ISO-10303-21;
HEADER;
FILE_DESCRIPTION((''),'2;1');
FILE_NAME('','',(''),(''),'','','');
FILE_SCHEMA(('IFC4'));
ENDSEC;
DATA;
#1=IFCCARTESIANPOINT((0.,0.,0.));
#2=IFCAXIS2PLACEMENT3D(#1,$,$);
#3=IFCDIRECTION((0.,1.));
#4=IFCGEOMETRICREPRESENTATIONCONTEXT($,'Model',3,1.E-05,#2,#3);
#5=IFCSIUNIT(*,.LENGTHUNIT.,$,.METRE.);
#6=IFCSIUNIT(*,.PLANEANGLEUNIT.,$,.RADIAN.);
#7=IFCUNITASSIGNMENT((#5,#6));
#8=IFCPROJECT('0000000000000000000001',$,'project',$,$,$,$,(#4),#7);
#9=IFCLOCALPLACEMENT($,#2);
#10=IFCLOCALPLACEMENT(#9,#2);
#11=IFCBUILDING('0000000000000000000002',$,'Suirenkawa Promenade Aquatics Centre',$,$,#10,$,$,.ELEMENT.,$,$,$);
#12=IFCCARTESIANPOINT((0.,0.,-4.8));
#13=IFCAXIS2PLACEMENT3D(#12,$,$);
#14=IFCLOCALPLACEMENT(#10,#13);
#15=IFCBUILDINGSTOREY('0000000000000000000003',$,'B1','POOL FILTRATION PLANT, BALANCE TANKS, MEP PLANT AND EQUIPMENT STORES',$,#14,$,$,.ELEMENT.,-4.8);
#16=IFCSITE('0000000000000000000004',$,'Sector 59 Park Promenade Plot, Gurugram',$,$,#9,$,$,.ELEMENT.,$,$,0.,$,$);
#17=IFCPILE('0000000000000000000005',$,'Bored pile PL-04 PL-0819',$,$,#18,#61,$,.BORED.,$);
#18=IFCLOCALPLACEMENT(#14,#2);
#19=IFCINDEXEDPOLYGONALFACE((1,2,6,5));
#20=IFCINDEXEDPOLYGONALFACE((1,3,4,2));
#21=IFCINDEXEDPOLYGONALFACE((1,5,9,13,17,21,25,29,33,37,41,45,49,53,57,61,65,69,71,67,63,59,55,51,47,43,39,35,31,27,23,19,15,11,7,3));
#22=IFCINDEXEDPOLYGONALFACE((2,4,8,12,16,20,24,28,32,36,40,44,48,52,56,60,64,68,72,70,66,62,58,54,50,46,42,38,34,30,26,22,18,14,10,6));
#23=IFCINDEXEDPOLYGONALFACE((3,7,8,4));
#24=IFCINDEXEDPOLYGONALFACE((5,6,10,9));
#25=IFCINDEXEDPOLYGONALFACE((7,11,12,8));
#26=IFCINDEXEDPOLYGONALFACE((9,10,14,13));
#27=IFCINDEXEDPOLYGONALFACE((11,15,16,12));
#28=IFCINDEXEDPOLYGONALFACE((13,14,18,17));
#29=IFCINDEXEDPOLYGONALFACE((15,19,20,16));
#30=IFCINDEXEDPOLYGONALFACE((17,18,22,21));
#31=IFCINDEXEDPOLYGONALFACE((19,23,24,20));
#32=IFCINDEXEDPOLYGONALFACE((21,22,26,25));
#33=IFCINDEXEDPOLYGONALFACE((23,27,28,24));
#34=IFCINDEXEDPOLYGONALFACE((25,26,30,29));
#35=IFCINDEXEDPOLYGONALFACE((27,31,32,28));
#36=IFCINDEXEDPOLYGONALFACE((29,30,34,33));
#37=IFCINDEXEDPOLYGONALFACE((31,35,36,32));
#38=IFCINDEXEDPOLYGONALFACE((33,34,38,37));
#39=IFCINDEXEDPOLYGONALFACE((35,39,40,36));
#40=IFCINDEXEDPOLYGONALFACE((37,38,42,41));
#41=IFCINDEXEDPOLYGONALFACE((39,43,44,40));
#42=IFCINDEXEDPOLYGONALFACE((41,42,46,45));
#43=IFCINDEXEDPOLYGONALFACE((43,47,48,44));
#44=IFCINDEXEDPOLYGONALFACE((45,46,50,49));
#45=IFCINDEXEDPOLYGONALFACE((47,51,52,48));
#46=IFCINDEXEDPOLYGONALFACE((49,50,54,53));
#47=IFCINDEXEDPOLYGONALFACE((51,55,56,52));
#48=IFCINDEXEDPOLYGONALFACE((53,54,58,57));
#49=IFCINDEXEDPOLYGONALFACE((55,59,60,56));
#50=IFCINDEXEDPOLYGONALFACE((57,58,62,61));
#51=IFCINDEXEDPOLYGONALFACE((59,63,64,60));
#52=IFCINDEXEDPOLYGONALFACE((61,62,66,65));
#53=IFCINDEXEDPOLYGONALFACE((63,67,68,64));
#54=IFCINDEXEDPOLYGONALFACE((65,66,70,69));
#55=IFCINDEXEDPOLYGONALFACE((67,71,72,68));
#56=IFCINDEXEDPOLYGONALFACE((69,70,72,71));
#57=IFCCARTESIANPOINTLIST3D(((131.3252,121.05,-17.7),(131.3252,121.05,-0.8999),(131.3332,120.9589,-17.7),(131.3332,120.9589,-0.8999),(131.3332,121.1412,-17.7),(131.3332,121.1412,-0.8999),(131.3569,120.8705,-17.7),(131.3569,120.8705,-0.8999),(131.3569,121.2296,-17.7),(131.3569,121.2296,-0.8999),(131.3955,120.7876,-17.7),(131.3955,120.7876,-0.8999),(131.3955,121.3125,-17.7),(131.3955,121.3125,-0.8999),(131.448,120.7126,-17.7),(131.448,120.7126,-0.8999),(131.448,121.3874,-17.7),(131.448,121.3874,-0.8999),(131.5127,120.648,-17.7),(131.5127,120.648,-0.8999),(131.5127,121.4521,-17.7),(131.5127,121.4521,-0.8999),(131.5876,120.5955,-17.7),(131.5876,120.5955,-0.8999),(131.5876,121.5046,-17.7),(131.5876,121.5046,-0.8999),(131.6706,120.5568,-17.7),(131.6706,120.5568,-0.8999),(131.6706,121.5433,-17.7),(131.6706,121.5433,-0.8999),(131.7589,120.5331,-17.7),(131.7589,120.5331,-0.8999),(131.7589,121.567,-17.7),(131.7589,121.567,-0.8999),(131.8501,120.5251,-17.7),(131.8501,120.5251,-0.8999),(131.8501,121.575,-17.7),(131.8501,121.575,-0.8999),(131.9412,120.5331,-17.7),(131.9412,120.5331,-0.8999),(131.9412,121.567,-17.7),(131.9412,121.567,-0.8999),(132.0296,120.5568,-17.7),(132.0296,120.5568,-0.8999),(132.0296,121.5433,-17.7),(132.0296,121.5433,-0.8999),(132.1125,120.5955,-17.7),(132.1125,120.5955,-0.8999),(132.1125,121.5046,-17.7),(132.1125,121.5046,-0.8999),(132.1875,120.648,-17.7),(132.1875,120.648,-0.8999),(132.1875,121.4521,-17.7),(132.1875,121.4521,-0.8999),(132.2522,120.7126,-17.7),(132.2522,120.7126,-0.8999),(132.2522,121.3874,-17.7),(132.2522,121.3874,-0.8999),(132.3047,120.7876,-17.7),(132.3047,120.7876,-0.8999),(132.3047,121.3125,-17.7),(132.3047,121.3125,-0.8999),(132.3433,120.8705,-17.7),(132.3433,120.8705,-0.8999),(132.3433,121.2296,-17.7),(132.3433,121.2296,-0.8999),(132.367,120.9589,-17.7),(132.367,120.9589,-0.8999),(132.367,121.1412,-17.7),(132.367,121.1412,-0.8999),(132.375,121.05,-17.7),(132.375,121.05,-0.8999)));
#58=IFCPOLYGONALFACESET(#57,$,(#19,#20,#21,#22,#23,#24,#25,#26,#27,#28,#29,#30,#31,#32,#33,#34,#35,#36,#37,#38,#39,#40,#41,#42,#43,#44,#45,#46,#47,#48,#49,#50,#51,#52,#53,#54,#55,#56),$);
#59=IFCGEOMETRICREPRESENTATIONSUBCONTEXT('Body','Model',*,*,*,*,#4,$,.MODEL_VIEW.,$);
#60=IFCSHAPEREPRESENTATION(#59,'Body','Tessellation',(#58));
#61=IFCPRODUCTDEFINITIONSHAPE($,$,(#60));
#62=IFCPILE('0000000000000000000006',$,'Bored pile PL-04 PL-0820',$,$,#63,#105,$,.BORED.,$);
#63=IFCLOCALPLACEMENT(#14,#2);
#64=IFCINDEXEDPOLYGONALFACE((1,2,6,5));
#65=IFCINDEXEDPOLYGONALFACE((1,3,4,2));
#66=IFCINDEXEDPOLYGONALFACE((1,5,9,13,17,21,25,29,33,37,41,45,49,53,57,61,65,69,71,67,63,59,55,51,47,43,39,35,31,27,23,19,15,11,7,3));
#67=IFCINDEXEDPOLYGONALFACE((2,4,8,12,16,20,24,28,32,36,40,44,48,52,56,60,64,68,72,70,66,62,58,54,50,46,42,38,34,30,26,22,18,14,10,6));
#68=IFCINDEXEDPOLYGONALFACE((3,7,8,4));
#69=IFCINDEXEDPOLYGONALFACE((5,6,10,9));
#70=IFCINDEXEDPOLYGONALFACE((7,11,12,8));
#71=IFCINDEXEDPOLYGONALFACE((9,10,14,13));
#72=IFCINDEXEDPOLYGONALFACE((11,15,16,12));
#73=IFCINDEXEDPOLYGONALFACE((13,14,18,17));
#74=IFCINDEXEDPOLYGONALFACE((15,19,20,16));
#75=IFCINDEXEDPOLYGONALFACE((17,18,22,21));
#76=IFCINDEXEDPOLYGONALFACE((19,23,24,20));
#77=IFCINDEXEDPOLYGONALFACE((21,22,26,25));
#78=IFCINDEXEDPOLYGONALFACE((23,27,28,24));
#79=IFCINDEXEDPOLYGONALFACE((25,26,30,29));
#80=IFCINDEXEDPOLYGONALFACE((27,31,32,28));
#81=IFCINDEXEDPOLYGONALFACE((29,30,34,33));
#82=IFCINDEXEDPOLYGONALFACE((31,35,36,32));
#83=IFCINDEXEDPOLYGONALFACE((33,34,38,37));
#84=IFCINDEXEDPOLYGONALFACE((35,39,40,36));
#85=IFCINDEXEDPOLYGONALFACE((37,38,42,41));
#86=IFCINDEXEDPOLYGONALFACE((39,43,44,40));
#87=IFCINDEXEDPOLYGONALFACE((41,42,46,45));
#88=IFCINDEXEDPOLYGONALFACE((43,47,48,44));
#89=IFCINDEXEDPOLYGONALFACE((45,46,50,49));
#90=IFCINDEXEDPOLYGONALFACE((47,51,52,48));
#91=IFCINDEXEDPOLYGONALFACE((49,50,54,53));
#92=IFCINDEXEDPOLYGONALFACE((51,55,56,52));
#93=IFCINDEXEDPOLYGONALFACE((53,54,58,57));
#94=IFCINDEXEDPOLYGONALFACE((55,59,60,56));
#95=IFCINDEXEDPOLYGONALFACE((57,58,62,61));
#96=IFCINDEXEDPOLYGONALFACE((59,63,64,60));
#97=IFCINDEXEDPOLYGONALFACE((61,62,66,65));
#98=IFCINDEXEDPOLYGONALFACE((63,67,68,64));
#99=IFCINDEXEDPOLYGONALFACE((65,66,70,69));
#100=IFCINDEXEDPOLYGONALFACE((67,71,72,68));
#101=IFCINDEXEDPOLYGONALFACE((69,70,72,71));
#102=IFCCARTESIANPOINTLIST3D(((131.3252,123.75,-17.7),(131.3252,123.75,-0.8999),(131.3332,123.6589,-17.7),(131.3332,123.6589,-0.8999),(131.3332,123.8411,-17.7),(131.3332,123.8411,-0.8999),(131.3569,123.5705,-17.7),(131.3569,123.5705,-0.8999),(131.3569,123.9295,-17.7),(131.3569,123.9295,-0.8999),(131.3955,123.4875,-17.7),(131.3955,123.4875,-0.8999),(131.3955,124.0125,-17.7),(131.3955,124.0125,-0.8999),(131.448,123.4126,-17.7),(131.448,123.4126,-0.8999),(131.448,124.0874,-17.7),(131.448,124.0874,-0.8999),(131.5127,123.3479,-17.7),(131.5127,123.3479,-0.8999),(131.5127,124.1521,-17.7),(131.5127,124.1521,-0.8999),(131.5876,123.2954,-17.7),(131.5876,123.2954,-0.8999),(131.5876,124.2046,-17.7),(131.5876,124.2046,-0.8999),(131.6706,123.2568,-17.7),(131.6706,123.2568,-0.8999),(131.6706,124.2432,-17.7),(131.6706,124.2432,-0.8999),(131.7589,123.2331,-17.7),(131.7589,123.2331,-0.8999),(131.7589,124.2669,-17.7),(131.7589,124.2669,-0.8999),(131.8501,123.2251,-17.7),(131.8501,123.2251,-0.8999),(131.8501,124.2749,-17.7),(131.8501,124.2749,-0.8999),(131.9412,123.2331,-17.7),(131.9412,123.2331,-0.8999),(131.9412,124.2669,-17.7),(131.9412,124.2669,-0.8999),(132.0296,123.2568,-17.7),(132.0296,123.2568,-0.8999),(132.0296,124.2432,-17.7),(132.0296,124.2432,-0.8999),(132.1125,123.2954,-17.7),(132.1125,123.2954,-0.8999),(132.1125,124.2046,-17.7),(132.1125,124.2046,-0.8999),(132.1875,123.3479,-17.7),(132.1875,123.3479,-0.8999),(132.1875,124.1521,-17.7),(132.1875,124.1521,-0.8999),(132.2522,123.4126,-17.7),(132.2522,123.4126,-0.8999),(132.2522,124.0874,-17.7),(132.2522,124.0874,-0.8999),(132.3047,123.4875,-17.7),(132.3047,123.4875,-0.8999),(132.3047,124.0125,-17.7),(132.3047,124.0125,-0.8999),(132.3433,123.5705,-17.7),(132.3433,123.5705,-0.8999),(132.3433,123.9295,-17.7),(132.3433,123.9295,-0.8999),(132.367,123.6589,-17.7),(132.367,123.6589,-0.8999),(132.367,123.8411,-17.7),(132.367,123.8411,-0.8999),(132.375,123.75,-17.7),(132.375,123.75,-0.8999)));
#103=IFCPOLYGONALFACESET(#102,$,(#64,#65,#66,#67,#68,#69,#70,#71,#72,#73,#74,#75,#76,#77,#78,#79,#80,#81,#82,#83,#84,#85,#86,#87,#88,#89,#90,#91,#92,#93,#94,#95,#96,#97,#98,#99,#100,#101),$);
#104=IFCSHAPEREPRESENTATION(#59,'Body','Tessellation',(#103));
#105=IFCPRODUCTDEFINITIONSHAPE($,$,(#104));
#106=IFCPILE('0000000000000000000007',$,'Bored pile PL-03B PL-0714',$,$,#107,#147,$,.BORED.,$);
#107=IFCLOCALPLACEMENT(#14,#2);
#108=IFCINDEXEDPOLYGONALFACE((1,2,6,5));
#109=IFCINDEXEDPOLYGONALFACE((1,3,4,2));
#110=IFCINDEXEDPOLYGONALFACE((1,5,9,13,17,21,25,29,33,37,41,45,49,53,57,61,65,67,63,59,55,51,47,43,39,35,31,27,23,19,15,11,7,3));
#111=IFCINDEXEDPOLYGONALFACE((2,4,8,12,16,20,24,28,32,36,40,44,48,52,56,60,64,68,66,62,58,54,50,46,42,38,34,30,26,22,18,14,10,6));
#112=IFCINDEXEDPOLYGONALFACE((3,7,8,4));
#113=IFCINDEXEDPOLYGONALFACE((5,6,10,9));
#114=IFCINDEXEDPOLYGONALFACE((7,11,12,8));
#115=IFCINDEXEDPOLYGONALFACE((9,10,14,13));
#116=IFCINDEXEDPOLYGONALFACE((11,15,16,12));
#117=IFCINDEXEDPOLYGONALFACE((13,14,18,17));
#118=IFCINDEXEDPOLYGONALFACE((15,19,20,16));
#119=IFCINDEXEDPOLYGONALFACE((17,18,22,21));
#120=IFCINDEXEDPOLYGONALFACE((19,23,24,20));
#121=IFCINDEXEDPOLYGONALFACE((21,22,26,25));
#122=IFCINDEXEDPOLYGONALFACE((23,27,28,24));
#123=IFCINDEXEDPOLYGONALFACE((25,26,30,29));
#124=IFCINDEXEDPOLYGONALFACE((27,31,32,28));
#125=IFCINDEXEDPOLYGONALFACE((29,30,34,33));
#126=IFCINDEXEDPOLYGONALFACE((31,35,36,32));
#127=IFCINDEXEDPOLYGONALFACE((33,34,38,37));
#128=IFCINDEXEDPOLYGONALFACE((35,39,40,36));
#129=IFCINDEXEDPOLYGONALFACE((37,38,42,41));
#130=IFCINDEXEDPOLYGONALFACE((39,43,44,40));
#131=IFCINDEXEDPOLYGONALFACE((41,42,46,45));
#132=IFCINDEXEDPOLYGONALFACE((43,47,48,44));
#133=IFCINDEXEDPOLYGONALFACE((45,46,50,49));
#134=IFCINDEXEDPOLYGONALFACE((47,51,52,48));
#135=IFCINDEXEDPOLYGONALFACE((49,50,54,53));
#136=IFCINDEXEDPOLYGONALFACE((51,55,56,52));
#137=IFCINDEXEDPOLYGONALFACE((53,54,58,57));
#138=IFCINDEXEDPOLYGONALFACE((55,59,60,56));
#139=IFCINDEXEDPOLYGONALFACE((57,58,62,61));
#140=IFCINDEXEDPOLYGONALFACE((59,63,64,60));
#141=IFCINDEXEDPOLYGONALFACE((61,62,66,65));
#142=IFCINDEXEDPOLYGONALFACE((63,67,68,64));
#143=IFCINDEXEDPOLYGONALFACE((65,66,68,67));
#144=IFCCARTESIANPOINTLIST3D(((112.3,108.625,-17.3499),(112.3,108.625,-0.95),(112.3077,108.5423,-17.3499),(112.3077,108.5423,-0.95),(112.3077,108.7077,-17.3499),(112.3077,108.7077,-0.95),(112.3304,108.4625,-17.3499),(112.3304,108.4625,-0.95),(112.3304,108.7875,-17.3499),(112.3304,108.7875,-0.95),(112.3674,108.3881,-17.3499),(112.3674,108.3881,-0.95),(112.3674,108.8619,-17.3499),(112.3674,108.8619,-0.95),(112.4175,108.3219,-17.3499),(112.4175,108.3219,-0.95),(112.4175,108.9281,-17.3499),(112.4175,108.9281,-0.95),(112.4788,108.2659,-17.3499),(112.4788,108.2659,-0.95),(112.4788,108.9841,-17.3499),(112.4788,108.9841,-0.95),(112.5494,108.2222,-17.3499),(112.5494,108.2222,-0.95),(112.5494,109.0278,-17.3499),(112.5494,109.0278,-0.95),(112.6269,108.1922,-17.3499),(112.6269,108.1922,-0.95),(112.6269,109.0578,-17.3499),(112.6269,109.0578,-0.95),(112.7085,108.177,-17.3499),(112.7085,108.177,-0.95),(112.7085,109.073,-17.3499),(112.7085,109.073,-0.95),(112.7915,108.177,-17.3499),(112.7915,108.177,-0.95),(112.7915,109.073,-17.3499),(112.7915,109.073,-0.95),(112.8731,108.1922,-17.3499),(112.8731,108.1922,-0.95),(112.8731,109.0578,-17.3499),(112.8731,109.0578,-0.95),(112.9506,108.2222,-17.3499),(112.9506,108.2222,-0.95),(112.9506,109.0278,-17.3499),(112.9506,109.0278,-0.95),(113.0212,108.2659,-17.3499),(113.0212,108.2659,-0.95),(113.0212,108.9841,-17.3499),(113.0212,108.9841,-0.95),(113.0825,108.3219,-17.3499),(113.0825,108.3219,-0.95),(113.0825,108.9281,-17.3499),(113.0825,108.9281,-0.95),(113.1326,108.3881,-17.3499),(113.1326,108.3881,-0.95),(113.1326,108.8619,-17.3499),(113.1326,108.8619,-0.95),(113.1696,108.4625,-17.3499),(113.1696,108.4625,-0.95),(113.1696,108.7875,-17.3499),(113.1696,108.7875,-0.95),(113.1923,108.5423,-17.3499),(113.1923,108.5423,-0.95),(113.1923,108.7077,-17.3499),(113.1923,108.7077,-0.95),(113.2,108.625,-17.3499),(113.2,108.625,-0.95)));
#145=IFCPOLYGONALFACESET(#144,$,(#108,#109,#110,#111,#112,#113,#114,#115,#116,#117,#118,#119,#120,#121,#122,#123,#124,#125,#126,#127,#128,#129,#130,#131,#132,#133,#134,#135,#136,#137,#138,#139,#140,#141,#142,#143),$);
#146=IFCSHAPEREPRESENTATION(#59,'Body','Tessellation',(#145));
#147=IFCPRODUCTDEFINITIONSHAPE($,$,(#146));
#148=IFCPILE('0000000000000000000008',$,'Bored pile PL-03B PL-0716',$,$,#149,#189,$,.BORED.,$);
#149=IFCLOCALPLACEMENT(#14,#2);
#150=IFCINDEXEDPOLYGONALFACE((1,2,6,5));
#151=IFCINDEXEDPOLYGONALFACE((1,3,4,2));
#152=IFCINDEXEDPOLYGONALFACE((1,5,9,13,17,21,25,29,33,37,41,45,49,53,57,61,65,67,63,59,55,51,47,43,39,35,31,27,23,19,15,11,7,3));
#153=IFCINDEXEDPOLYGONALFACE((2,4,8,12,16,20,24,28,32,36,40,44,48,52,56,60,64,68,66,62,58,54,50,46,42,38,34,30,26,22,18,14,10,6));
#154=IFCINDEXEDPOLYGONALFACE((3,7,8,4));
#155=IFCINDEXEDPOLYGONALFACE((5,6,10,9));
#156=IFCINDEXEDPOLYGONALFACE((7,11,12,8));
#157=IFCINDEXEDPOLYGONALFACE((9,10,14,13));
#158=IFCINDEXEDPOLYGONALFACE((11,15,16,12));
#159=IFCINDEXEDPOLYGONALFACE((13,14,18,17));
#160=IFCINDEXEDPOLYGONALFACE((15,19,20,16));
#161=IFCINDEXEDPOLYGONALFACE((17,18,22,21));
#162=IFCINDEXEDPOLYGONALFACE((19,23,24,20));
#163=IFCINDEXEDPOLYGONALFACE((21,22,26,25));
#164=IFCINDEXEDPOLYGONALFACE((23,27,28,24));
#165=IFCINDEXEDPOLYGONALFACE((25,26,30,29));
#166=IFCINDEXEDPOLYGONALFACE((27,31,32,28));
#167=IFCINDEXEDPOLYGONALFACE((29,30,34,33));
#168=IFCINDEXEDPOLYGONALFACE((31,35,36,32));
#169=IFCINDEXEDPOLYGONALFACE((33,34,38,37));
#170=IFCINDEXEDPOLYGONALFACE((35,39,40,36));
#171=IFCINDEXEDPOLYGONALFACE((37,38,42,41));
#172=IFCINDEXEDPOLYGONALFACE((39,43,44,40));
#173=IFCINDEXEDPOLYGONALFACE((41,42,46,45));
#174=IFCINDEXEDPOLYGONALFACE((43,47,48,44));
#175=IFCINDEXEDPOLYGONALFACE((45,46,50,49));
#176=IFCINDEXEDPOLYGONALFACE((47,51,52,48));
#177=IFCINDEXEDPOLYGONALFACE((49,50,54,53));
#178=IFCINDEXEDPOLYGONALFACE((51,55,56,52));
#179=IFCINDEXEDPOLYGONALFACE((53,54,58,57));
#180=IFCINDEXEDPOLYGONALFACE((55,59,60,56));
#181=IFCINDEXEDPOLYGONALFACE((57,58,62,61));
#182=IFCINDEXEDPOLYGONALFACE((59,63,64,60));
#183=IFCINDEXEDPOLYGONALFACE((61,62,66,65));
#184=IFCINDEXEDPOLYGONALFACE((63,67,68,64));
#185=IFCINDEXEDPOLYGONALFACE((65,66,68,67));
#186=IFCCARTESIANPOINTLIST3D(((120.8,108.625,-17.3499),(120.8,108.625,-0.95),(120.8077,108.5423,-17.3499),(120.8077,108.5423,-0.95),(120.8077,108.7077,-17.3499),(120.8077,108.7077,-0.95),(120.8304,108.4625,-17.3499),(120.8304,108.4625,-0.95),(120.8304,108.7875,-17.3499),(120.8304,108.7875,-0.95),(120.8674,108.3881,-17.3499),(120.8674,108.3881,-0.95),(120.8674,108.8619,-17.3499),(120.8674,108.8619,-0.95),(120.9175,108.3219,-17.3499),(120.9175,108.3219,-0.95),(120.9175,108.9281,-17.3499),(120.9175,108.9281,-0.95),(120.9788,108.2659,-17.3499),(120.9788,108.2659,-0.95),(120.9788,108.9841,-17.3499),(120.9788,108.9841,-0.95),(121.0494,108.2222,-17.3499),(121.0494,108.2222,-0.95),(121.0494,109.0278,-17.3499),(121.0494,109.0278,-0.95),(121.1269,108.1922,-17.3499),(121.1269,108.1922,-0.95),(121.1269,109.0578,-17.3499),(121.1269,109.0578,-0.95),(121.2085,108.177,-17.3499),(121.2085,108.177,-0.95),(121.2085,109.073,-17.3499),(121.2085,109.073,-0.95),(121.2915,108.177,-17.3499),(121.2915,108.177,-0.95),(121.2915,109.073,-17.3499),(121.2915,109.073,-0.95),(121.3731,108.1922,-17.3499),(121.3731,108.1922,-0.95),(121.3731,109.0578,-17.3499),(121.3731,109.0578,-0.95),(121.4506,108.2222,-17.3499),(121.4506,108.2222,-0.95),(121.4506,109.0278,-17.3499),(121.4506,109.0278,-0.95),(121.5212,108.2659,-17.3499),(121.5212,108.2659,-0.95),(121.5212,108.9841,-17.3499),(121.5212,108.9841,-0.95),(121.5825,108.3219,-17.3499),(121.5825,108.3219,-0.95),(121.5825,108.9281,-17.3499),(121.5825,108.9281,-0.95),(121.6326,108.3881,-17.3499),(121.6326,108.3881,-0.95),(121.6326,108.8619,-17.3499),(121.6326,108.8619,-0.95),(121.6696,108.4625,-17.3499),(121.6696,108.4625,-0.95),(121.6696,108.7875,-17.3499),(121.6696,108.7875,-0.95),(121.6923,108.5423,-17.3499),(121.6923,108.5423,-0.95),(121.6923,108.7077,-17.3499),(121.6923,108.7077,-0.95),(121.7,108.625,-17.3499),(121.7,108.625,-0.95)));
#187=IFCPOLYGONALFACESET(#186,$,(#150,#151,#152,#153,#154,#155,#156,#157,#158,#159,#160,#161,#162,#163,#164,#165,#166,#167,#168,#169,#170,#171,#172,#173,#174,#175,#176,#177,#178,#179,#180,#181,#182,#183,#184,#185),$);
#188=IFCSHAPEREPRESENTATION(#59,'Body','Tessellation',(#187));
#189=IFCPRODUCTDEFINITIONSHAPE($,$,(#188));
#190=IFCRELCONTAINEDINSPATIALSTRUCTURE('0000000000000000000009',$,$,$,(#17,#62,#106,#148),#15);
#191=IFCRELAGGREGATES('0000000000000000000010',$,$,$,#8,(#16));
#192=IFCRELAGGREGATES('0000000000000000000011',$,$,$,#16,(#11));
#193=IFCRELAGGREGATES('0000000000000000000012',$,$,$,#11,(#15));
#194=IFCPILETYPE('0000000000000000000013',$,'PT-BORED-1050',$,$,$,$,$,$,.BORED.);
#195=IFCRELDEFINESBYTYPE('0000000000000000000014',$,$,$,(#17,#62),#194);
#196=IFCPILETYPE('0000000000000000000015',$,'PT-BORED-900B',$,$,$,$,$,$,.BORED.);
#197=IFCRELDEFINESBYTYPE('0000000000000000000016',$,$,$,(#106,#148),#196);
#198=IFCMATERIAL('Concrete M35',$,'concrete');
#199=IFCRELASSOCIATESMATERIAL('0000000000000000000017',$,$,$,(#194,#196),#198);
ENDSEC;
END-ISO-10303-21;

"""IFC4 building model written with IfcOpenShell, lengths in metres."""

from ifc_helpers import new_model, si_unit, direction, frame, origin, origin_2d, place, context, subcontext, project, spatial, circle, extrude, material, material_profile, profile_set, type_object, element, save


model = new_model("IFC4")

# Units and contexts
model_context = context("Model", 3, precision=1e-05, world=origin(), true_north=direction((0.0, 1.0)))
body_context = subcontext(model_context, "Body", "Model", "MODEL_VIEW")
ifc_project = project(units=[si_unit("LENGTHUNIT", "METRE"), si_unit("PLANEANGLEUNIT", "RADIAN")], contexts=[model_context])

# Site, building, storey
site_placement = place(None, origin())
site = spatial("IfcSite", under=ifc_project, at=site_placement, Name="Sector 59 Park Promenade Plot, Gurugram", CompositionType="ELEMENT", RefElevation=0.0)
building_placement = place(site_placement, origin())
building = spatial("IfcBuilding", under=site, at=building_placement, Name="Suirenkawa Promenade Aquatics Centre", CompositionType="ELEMENT")
storey_placement = place(building_placement, frame((0.0, 0.0, -4.8)))
storey = spatial("IfcBuildingStorey", under=building, at=storey_placement, Name="B1", Description="POOL FILTRATION PLANT, BALANCE TANKS, MEP PLANT AND EQUIPMENT STORES", CompositionType="ELEMENT", Elevation=-4.8)

# Shared definitions
ifc_material_1 = material(Name="Concrete M35", Category="concrete")

# Piles
ifc_material_profile_1 = material_profile(ifc_material_1, circle(Radius=0.5249, at=origin_2d()), Name="PILE D1050", Category="concrete")
ifc_profile_set_1 = profile_set([ifc_material_profile_1], Name="Concrete M35")
pile_type_1 = type_object("IfcPileType", Name="PT-BORED-1050", PredefinedType="BORED", material=ifc_profile_set_1)
for number, where, z_axis, x_axis, name in (
    (1, (131.8501, 121.05, -0.8999), (0.0, 0.0, -1.0), (1.0, 0.0, 0.0), "Bored pile PL-04 PL-0819"),
    (2, (131.8501, 123.75, -0.8999), (0.0, 0.0, -1.0), (1.0, 0.0, 0.0), "Bored pile PL-04 PL-0820"),
):
    element("IfcPile", number, at=place(storey_placement, frame(where, z_axis=z_axis, x_axis=x_axis)), inside=storey, type_object=pile_type_1, Name=name, PredefinedType="BORED", context=body_context, shape_type="SweptSolid", body=[
        extrude(circle(Radius=0.5249, at=origin_2d()), origin(), (0.0, 0.0, 1.0), 16.8),
    ])
ifc_material_profile_2 = material_profile(ifc_material_1, circle(Radius=0.45, at=origin_2d()), Name="PILE D900", Category="concrete")
ifc_profile_set_2 = profile_set([ifc_material_profile_2], Name="Concrete M35")
pile_type_2 = type_object("IfcPileType", Name="PT-BORED-900B", PredefinedType="BORED", material=ifc_profile_set_2)
for number, where, z_axis, x_axis, name in (
    (3, (112.75, 108.625, -0.95), (0.0, 0.0, -1.0), (1.0, 0.0, 0.0), "Bored pile PL-03B PL-0714"),
    (4, (121.25, 108.625, -0.95), (0.0, 0.0, -1.0), (1.0, 0.0, 0.0), "Bored pile PL-03B PL-0716"),
):
    element("IfcPile", number, at=place(storey_placement, frame(where, z_axis=z_axis, x_axis=x_axis)), inside=storey, type_object=pile_type_2, Name=name, PredefinedType="BORED", context=body_context, shape_type="SweptSolid", body=[
        extrude(circle(Radius=0.45, at=origin_2d()), origin(), (0.0, 0.0, 1.0), 16.3999),
    ])

save(model, "model.ifc")
